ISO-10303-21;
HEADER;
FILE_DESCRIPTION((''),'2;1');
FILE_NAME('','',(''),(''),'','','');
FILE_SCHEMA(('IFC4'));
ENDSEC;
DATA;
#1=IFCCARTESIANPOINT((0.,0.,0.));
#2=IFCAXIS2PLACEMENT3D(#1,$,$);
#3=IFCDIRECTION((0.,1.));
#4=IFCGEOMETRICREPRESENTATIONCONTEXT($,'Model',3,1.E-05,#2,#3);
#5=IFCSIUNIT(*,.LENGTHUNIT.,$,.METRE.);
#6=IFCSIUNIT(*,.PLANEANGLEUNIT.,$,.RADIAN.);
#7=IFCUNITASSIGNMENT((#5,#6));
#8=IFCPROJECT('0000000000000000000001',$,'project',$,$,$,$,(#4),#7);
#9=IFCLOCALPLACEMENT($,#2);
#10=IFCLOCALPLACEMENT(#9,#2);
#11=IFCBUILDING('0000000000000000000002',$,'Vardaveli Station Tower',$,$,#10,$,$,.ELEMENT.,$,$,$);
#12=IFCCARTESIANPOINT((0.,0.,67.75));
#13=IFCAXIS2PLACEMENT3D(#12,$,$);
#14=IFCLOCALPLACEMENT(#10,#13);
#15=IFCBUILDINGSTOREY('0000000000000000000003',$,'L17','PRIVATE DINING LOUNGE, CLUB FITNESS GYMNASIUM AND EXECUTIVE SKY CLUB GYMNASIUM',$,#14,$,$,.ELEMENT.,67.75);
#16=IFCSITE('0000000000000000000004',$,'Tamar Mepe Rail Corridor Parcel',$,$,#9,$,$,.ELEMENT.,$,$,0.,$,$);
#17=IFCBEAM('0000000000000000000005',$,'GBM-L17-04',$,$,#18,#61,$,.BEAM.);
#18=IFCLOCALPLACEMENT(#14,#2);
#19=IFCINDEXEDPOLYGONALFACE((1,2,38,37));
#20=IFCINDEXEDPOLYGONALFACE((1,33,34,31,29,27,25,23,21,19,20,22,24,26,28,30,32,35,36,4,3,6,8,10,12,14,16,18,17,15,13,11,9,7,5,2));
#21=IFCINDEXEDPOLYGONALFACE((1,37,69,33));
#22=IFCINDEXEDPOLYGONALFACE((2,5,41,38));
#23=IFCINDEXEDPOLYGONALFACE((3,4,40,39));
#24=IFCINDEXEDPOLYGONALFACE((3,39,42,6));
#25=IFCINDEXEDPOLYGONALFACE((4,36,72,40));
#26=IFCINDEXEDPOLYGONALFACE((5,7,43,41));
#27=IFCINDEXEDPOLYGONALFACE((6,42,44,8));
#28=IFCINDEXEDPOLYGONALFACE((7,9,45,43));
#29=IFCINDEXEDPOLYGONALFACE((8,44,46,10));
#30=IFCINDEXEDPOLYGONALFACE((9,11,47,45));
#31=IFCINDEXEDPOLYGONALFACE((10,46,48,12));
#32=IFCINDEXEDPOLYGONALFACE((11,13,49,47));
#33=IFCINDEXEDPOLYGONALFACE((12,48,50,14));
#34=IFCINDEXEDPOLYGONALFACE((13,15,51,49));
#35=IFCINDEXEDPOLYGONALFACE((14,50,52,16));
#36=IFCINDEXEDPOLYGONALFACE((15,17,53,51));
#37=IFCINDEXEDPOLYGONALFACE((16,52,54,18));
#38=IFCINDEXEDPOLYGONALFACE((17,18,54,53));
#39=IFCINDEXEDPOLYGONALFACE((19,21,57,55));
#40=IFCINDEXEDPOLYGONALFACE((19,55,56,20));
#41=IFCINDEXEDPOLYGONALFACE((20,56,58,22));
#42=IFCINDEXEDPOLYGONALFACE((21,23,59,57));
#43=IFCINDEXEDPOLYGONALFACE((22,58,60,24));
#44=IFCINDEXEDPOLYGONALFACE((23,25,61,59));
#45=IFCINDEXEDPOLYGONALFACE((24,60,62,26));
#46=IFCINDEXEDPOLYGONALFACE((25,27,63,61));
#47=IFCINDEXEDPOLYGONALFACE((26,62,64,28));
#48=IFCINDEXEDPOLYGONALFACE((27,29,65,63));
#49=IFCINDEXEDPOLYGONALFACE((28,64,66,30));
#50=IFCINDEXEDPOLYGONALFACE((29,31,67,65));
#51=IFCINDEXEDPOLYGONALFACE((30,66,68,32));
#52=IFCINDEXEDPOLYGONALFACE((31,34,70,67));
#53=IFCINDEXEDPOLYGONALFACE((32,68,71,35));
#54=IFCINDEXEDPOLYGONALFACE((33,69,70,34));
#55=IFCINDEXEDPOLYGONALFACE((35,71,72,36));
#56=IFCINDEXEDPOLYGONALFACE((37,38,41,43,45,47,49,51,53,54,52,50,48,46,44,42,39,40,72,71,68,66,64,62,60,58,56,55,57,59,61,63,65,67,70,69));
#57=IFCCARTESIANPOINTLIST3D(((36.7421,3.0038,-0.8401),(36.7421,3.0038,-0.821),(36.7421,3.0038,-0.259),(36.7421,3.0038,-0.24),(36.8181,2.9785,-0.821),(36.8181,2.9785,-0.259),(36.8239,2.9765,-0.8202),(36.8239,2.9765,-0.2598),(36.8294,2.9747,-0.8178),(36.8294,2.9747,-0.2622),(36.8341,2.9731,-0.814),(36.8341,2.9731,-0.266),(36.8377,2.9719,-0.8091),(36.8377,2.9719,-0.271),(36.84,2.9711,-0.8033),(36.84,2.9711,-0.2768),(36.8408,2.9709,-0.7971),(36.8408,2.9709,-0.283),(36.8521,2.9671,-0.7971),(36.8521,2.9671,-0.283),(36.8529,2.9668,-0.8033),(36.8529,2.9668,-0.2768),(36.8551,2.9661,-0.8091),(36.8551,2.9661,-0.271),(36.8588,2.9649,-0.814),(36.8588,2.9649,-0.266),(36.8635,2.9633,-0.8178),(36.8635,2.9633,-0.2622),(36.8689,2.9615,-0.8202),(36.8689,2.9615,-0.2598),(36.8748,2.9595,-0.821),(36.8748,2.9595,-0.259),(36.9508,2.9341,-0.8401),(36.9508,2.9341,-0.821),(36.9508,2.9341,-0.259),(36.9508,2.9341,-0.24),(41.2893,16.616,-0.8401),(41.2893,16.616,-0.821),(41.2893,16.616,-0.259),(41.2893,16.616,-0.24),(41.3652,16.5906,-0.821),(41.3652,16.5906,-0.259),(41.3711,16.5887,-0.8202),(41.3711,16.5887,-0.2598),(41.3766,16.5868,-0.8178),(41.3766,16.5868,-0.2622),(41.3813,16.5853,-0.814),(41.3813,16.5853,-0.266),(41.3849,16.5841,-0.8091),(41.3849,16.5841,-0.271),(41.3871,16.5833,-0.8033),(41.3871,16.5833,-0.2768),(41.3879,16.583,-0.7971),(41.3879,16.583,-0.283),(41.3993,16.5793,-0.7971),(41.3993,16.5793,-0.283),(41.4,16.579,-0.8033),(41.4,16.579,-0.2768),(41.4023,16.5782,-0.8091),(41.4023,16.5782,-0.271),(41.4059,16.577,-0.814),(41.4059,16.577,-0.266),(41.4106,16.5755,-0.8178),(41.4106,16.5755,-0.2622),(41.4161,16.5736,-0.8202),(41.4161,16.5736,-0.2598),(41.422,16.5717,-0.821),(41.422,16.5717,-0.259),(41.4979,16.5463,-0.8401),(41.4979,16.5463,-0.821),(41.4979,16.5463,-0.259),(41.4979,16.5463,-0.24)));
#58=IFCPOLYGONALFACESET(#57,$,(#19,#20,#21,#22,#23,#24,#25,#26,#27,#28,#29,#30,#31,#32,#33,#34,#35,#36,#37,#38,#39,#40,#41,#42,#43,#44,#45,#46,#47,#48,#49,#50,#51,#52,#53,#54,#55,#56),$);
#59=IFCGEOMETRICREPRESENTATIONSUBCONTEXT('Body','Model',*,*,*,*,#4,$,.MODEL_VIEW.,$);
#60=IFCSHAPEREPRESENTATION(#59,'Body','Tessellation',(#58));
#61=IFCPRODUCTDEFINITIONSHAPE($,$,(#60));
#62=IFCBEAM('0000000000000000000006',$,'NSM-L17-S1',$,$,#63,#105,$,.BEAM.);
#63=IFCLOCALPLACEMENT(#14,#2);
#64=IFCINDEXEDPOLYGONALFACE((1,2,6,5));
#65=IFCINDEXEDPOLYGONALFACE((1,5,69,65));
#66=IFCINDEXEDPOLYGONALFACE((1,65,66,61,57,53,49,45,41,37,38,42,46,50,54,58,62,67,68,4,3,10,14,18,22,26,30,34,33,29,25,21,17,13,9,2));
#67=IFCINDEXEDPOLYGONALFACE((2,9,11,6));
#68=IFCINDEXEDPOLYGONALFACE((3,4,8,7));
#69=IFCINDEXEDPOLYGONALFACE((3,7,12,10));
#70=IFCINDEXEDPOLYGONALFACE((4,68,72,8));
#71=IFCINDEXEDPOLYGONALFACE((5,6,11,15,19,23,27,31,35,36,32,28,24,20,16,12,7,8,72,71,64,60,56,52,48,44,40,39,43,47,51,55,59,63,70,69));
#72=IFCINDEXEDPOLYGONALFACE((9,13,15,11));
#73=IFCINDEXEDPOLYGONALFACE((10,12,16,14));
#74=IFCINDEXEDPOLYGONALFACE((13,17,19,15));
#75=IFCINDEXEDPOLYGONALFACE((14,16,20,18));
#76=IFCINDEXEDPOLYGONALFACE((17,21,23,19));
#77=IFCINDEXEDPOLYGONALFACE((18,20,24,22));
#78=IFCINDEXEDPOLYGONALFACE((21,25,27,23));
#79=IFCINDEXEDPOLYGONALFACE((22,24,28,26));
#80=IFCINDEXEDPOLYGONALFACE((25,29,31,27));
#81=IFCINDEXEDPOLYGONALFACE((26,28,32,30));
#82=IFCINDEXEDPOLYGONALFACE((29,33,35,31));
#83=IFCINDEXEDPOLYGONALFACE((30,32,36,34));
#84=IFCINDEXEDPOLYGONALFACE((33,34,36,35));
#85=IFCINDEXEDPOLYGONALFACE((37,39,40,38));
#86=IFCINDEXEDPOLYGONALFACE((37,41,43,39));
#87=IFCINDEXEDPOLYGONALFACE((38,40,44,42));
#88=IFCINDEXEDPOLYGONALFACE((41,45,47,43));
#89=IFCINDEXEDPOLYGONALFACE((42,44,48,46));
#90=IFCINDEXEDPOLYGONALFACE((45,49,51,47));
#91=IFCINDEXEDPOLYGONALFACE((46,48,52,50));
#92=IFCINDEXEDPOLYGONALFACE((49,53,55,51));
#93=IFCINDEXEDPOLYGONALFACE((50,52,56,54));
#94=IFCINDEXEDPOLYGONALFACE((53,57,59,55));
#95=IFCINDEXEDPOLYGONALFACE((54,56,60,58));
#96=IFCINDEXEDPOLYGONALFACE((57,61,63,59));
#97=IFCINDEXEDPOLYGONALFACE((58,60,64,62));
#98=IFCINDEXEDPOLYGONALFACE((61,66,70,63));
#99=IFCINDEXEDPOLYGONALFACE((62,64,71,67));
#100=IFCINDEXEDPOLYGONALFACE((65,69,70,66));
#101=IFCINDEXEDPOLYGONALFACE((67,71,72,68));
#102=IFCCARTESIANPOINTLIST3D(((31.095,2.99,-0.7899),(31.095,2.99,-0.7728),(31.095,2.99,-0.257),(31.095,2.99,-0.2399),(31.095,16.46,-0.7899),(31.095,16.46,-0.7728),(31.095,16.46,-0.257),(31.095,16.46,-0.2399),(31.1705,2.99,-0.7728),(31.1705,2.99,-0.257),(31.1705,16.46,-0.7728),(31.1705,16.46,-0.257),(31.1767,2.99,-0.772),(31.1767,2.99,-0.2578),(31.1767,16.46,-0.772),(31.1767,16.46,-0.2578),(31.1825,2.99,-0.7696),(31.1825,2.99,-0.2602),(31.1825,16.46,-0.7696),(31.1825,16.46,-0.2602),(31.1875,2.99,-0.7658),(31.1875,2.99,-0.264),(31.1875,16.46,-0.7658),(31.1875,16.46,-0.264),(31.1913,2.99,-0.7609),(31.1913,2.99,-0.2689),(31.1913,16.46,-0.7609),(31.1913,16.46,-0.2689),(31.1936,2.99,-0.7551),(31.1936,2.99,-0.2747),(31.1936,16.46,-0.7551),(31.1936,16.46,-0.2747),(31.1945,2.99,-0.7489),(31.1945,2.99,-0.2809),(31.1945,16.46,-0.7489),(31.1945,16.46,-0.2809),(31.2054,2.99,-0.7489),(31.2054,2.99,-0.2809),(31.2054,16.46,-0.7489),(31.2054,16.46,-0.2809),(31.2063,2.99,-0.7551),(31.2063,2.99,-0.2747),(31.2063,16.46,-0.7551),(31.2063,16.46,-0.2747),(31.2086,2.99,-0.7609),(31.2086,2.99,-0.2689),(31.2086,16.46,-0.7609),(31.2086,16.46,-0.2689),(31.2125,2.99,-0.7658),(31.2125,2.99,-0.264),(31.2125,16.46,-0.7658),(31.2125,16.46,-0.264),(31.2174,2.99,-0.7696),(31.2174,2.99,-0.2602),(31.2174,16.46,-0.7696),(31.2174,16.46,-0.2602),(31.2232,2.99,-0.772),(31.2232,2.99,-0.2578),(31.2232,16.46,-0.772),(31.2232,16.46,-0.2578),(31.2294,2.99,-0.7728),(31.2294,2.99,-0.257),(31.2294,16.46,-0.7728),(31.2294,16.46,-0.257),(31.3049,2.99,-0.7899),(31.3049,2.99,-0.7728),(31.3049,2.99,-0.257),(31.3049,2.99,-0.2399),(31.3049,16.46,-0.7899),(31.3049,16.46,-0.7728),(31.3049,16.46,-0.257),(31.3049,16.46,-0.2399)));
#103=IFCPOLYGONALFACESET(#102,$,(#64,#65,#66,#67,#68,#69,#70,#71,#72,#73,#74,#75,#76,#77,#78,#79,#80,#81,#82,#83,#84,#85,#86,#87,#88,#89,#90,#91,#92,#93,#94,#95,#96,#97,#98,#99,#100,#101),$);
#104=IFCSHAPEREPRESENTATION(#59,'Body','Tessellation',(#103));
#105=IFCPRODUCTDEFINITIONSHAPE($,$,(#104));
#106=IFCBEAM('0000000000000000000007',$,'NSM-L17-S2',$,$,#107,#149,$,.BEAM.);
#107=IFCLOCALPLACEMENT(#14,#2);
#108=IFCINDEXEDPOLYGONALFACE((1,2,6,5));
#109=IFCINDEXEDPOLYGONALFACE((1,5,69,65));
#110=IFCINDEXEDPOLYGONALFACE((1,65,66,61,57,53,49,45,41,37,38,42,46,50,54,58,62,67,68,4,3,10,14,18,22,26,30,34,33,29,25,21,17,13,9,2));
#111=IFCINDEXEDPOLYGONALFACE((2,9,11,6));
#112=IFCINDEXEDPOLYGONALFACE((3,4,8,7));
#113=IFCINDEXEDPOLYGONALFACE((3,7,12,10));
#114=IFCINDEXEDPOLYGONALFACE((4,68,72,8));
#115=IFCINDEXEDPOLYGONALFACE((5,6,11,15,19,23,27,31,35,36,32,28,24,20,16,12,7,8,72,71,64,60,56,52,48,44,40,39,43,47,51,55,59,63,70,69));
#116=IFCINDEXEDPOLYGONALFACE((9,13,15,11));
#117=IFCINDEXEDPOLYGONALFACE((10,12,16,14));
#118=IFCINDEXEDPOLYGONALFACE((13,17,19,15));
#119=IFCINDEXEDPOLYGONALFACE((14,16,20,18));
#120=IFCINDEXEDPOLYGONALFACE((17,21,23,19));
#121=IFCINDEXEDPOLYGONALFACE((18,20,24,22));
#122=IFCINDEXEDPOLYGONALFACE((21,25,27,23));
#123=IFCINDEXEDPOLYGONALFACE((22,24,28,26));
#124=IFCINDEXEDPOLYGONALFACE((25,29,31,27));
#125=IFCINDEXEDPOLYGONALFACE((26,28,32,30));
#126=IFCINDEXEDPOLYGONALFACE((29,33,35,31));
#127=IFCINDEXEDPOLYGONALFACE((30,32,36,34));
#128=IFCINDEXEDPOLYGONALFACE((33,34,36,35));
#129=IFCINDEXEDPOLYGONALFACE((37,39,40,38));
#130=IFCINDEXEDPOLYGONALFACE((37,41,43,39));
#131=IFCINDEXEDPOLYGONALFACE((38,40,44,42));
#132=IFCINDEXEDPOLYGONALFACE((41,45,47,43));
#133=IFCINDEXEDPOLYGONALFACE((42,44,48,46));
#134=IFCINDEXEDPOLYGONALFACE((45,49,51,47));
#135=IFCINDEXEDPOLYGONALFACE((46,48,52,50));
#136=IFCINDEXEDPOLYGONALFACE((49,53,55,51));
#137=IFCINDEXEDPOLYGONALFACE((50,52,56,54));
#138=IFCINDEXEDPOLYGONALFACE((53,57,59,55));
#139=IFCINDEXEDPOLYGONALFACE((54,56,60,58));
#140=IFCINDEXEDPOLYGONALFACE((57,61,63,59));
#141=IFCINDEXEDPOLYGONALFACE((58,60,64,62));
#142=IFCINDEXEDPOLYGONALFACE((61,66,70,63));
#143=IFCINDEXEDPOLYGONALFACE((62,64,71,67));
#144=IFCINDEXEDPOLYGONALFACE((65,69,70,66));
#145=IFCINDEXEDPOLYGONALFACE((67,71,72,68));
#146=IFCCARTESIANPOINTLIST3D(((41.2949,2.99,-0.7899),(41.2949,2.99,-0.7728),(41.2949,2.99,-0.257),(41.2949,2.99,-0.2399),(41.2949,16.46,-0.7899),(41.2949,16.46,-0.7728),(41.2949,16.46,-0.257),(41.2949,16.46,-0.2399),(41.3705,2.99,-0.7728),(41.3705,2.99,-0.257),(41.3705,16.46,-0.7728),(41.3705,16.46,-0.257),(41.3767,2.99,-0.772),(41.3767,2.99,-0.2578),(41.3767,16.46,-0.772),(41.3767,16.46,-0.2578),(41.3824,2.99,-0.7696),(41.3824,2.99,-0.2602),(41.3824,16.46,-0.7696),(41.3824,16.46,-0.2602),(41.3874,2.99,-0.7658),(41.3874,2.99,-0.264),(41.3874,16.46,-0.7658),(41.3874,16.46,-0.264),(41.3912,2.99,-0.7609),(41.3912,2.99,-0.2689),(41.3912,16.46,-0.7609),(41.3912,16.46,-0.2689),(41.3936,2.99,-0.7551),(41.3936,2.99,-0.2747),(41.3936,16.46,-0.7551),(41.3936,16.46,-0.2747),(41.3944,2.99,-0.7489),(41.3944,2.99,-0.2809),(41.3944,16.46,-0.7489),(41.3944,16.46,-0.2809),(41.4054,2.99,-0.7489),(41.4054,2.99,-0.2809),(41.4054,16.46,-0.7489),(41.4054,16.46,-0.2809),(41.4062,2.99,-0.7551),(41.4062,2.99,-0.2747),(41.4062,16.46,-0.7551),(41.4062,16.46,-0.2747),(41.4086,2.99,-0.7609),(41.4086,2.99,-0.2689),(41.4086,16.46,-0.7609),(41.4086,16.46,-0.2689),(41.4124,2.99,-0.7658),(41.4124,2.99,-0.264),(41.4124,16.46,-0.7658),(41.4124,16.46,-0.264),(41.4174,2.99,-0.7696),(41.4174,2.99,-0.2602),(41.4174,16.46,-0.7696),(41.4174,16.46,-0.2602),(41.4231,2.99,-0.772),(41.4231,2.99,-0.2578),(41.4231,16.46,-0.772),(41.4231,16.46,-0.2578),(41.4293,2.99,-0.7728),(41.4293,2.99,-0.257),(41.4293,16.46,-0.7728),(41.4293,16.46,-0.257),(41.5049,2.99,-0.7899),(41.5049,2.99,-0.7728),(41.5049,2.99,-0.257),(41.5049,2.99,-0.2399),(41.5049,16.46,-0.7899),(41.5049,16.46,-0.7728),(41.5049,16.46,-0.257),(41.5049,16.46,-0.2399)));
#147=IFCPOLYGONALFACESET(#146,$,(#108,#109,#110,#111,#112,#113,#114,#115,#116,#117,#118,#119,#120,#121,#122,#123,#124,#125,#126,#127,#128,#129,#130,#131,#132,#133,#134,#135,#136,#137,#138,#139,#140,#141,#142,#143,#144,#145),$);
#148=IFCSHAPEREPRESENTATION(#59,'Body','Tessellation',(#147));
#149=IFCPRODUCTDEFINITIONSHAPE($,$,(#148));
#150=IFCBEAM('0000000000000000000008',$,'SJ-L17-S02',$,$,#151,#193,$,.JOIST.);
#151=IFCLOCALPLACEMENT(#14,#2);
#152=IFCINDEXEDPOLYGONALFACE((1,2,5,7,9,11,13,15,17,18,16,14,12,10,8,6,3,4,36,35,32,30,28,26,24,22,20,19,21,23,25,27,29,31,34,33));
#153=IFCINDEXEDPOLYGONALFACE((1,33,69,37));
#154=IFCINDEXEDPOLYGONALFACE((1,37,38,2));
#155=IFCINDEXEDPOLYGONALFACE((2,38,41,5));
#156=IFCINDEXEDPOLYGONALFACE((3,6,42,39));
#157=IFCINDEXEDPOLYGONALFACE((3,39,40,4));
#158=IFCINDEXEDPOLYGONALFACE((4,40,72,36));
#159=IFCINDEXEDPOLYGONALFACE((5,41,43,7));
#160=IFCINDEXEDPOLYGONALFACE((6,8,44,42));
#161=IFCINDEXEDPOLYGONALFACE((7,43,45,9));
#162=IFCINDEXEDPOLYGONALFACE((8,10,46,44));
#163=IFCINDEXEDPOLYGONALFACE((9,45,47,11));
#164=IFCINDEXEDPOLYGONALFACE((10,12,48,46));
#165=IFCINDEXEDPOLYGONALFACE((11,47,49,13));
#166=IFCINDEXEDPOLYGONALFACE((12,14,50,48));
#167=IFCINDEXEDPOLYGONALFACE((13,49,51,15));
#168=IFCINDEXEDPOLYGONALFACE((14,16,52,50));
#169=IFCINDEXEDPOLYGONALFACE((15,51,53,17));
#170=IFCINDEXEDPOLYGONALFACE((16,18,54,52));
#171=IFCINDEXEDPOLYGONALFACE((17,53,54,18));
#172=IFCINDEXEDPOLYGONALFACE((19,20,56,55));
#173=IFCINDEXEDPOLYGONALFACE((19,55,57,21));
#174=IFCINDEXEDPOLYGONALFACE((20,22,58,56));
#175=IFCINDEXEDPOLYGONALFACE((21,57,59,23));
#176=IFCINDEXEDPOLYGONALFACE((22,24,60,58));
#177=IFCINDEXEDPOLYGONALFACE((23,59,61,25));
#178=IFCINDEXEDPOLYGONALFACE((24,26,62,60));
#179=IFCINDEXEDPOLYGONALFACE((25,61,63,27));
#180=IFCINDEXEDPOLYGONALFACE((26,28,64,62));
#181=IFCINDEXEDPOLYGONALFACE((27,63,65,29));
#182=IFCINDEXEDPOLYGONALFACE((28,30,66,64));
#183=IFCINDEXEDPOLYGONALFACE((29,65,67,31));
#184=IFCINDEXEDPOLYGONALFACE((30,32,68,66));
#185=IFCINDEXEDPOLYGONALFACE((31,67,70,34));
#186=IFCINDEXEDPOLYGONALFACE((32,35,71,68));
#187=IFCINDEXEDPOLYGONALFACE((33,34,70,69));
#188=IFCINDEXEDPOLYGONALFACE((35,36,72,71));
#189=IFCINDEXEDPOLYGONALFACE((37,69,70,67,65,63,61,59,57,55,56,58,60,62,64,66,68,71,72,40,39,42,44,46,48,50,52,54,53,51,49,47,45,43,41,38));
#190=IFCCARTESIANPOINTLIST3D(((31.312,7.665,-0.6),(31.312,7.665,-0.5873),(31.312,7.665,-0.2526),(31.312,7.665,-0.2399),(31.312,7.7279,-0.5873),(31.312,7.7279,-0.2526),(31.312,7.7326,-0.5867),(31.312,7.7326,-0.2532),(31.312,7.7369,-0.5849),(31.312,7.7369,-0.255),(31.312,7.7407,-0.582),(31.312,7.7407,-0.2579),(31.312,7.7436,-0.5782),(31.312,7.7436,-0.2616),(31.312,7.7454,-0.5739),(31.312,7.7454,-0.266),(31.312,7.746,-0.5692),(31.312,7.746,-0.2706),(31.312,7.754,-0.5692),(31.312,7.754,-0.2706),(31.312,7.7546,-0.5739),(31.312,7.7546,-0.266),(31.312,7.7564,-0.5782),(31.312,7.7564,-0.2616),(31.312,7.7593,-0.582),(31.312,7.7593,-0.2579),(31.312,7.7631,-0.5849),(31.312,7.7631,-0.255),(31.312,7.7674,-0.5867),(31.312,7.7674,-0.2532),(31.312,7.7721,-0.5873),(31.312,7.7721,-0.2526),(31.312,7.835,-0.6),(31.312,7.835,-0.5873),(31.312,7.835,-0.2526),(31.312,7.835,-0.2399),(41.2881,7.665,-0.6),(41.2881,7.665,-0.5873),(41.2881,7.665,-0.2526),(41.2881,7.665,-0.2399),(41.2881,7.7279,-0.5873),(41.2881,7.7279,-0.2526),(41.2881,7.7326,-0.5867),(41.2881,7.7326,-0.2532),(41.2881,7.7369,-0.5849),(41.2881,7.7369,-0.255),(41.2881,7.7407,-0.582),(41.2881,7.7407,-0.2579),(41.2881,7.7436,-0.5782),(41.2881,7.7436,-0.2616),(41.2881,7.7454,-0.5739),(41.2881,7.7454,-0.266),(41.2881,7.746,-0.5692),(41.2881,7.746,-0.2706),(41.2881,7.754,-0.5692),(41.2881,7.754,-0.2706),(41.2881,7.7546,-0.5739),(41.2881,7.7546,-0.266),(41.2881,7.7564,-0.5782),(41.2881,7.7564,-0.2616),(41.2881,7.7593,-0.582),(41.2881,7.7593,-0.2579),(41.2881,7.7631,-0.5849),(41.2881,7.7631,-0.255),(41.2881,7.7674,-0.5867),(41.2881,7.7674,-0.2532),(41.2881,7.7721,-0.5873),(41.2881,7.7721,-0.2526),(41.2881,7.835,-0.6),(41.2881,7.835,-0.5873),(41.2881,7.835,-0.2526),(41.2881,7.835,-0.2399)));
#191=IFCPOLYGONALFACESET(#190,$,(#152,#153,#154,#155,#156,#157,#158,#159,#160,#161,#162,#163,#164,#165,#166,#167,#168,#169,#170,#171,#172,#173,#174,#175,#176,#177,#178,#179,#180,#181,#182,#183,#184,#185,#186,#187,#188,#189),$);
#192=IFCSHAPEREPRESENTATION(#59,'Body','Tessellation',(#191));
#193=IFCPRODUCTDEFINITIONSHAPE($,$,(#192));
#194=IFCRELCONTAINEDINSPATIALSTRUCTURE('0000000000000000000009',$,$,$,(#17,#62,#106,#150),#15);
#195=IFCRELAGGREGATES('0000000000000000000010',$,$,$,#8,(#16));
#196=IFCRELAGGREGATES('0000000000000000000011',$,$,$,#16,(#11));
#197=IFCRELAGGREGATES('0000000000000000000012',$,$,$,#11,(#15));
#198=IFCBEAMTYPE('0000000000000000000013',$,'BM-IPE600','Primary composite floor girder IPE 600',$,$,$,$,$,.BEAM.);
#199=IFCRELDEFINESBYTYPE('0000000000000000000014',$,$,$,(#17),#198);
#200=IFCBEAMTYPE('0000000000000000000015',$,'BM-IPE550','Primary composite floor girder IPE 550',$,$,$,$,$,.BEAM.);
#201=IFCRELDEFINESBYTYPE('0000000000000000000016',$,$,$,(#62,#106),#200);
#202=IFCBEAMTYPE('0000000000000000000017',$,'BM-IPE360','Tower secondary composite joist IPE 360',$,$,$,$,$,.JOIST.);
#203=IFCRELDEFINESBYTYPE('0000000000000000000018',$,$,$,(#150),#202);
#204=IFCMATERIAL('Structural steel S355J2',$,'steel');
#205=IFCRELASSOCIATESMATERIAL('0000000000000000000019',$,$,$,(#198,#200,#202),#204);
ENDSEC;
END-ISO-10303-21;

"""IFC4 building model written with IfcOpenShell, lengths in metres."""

from ifc_helpers import new_model, si_unit, direction, frame, origin, origin_2d, place, context, subcontext, project, spatial, i_section, extrude, source, transform, mapped, material, material_profile, profile_set, type_object, element, save


model = new_model("IFC4")

# Units and contexts
model_context = context("Model", 3, precision=1e-05, world=origin(), true_north=direction((0.0, 1.0)))
body_context = subcontext(model_context, "Body", "Model", "MODEL_VIEW")
ifc_project = project(units=[si_unit("LENGTHUNIT", "METRE"), si_unit("PLANEANGLEUNIT", "RADIAN")], contexts=[model_context])

# Site, building, storey
site_placement = place(None, origin())
site = spatial("IfcSite", under=ifc_project, at=site_placement, Name="Tamar Mepe Rail Corridor Parcel", CompositionType="ELEMENT", RefElevation=0.0)
building_placement = place(site_placement, origin())
building = spatial("IfcBuilding", under=site, at=building_placement, Name="Vardaveli Station Tower", CompositionType="ELEMENT")
storey_placement = place(building_placement, frame((0.0, 0.0, 67.75)))
storey = spatial("IfcBuildingStorey", under=building, at=storey_placement, Name="L17", Description="PRIVATE DINING LOUNGE, CLUB FITNESS GYMNASIUM AND EXECUTIVE SKY CLUB GYMNASIUM", CompositionType="ELEMENT", Elevation=67.75)

# Beams
ifc_material_1 = material(Name="Structural steel S355J2", Category="steel")
ifc_material_profile_1 = material_profile(ifc_material_1, i_section(OverallWidth=0.22, OverallDepth=0.6001, WebThickness=0.012, FlangeThickness=0.019, FilletRadius=0.0239, at=origin_2d()), Name="IPE 600")
ifc_profile_set_1 = profile_set([ifc_material_profile_1], Name="Structural steel S355J2")
beam_type_1 = type_object("IfcBeamType", Name="BM-IPE600", Description="Primary composite floor girder IPE 600", PredefinedType="BEAM", material=ifc_profile_set_1)
shared_shape_1 = source(origin(), body_context, "Body", "SweptSolid", [
    extrude(i_section(OverallWidth=0.22, OverallDepth=0.6001, WebThickness=0.012, FlangeThickness=0.019, FilletRadius=0.0239, at=origin_2d()), origin(), (0.0, 0.0, 1.0), 14.3516),
])
beam_1_placement = place(storey_placement, frame((36.8464, 2.969, -0.54), z_axis=(0.31684, 0.948479, 0.0), x_axis=(-0.948479, 0.31684, 0.0)))
element("IfcBeam", 1, at=beam_1_placement, inside=storey, type_object=beam_type_1, Name="GBM-L17-04", PredefinedType="BEAM", context=body_context, shape_type="MappedRepresentation", body=[
    mapped(shared_shape_1, transform((0.0, 0.0, 0.0), scale=1.0)),
])
ifc_material_profile_2 = material_profile(ifc_material_1, i_section(OverallWidth=0.21, OverallDepth=0.55, WebThickness=0.011, FlangeThickness=0.0171, FilletRadius=0.0239, at=origin_2d()), Name="IPE 550")
ifc_profile_set_2 = profile_set([ifc_material_profile_2], Name="Structural steel S355J2")
beam_type_2 = type_object("IfcBeamType", Name="BM-IPE550", Description="Primary composite floor girder IPE 550", PredefinedType="BEAM", material=ifc_profile_set_2)
shared_shape_2 = source(origin(), body_context, "Body", "SweptSolid", [
    extrude(i_section(OverallWidth=0.21, OverallDepth=0.55, WebThickness=0.011, FlangeThickness=0.0171, FilletRadius=0.0239, at=origin_2d()), origin(), (0.0, 0.0, 1.0), 13.47),
])
for number, where, z_axis, x_axis, name in (
    (2, (31.2, 2.99, -0.5149), (0.0, 1.0, 0.0), (-1.0, 0.0, 0.0), "NSM-L17-S1"),
    (3, (41.3999, 2.99, -0.5149), (0.0, 1.0, 0.0), (-1.0, 0.0, 0.0), "NSM-L17-S2"),
):
    element("IfcBeam", number, at=place(storey_placement, frame(where, z_axis=z_axis, x_axis=x_axis)), inside=storey, type_object=beam_type_2, Name=name, PredefinedType="BEAM", context=body_context, shape_type="MappedRepresentation", body=[
        mapped(shared_shape_2, transform((0.0, 0.0, 0.0), scale=1.0)),
    ])
ifc_material_profile_3 = material_profile(ifc_material_1, i_section(OverallWidth=0.1699, OverallDepth=0.3601, WebThickness=0.0081, FlangeThickness=0.0127, FilletRadius=0.0181, at=origin_2d()), Name="IPE 360")
ifc_profile_set_3 = profile_set([ifc_material_profile_3], Name="Structural steel S355J2")
beam_type_3 = type_object("IfcBeamType", Name="BM-IPE360", Description="Tower secondary composite joist IPE 360", PredefinedType="JOIST", material=ifc_profile_set_3)
shared_shape_3 = source(origin(), body_context, "Body", "SweptSolid", [
    extrude(i_section(OverallWidth=0.1699, OverallDepth=0.3601, WebThickness=0.0081, FlangeThickness=0.0127, FilletRadius=0.0181, at=origin_2d()), origin(), (0.0, 0.0, 1.0), 9.9761),
])
for number, where, z_axis, x_axis, name in (
    (4, (31.312, 7.75, -0.4199), (1.0, 0.0, 0.0), (0.0, 1.0, 0.0), "SJ-L17-S02"),
):
    element("IfcBeam", number, at=place(storey_placement, frame(where, z_axis=z_axis, x_axis=x_axis)), inside=storey, type_object=beam_type_3, Name=name, PredefinedType="JOIST", context=body_context, shape_type="MappedRepresentation", body=[
        mapped(shared_shape_3, transform((0.0, 0.0, 0.0), scale=1.0)),
    ])

save(model, "model.ifc")
